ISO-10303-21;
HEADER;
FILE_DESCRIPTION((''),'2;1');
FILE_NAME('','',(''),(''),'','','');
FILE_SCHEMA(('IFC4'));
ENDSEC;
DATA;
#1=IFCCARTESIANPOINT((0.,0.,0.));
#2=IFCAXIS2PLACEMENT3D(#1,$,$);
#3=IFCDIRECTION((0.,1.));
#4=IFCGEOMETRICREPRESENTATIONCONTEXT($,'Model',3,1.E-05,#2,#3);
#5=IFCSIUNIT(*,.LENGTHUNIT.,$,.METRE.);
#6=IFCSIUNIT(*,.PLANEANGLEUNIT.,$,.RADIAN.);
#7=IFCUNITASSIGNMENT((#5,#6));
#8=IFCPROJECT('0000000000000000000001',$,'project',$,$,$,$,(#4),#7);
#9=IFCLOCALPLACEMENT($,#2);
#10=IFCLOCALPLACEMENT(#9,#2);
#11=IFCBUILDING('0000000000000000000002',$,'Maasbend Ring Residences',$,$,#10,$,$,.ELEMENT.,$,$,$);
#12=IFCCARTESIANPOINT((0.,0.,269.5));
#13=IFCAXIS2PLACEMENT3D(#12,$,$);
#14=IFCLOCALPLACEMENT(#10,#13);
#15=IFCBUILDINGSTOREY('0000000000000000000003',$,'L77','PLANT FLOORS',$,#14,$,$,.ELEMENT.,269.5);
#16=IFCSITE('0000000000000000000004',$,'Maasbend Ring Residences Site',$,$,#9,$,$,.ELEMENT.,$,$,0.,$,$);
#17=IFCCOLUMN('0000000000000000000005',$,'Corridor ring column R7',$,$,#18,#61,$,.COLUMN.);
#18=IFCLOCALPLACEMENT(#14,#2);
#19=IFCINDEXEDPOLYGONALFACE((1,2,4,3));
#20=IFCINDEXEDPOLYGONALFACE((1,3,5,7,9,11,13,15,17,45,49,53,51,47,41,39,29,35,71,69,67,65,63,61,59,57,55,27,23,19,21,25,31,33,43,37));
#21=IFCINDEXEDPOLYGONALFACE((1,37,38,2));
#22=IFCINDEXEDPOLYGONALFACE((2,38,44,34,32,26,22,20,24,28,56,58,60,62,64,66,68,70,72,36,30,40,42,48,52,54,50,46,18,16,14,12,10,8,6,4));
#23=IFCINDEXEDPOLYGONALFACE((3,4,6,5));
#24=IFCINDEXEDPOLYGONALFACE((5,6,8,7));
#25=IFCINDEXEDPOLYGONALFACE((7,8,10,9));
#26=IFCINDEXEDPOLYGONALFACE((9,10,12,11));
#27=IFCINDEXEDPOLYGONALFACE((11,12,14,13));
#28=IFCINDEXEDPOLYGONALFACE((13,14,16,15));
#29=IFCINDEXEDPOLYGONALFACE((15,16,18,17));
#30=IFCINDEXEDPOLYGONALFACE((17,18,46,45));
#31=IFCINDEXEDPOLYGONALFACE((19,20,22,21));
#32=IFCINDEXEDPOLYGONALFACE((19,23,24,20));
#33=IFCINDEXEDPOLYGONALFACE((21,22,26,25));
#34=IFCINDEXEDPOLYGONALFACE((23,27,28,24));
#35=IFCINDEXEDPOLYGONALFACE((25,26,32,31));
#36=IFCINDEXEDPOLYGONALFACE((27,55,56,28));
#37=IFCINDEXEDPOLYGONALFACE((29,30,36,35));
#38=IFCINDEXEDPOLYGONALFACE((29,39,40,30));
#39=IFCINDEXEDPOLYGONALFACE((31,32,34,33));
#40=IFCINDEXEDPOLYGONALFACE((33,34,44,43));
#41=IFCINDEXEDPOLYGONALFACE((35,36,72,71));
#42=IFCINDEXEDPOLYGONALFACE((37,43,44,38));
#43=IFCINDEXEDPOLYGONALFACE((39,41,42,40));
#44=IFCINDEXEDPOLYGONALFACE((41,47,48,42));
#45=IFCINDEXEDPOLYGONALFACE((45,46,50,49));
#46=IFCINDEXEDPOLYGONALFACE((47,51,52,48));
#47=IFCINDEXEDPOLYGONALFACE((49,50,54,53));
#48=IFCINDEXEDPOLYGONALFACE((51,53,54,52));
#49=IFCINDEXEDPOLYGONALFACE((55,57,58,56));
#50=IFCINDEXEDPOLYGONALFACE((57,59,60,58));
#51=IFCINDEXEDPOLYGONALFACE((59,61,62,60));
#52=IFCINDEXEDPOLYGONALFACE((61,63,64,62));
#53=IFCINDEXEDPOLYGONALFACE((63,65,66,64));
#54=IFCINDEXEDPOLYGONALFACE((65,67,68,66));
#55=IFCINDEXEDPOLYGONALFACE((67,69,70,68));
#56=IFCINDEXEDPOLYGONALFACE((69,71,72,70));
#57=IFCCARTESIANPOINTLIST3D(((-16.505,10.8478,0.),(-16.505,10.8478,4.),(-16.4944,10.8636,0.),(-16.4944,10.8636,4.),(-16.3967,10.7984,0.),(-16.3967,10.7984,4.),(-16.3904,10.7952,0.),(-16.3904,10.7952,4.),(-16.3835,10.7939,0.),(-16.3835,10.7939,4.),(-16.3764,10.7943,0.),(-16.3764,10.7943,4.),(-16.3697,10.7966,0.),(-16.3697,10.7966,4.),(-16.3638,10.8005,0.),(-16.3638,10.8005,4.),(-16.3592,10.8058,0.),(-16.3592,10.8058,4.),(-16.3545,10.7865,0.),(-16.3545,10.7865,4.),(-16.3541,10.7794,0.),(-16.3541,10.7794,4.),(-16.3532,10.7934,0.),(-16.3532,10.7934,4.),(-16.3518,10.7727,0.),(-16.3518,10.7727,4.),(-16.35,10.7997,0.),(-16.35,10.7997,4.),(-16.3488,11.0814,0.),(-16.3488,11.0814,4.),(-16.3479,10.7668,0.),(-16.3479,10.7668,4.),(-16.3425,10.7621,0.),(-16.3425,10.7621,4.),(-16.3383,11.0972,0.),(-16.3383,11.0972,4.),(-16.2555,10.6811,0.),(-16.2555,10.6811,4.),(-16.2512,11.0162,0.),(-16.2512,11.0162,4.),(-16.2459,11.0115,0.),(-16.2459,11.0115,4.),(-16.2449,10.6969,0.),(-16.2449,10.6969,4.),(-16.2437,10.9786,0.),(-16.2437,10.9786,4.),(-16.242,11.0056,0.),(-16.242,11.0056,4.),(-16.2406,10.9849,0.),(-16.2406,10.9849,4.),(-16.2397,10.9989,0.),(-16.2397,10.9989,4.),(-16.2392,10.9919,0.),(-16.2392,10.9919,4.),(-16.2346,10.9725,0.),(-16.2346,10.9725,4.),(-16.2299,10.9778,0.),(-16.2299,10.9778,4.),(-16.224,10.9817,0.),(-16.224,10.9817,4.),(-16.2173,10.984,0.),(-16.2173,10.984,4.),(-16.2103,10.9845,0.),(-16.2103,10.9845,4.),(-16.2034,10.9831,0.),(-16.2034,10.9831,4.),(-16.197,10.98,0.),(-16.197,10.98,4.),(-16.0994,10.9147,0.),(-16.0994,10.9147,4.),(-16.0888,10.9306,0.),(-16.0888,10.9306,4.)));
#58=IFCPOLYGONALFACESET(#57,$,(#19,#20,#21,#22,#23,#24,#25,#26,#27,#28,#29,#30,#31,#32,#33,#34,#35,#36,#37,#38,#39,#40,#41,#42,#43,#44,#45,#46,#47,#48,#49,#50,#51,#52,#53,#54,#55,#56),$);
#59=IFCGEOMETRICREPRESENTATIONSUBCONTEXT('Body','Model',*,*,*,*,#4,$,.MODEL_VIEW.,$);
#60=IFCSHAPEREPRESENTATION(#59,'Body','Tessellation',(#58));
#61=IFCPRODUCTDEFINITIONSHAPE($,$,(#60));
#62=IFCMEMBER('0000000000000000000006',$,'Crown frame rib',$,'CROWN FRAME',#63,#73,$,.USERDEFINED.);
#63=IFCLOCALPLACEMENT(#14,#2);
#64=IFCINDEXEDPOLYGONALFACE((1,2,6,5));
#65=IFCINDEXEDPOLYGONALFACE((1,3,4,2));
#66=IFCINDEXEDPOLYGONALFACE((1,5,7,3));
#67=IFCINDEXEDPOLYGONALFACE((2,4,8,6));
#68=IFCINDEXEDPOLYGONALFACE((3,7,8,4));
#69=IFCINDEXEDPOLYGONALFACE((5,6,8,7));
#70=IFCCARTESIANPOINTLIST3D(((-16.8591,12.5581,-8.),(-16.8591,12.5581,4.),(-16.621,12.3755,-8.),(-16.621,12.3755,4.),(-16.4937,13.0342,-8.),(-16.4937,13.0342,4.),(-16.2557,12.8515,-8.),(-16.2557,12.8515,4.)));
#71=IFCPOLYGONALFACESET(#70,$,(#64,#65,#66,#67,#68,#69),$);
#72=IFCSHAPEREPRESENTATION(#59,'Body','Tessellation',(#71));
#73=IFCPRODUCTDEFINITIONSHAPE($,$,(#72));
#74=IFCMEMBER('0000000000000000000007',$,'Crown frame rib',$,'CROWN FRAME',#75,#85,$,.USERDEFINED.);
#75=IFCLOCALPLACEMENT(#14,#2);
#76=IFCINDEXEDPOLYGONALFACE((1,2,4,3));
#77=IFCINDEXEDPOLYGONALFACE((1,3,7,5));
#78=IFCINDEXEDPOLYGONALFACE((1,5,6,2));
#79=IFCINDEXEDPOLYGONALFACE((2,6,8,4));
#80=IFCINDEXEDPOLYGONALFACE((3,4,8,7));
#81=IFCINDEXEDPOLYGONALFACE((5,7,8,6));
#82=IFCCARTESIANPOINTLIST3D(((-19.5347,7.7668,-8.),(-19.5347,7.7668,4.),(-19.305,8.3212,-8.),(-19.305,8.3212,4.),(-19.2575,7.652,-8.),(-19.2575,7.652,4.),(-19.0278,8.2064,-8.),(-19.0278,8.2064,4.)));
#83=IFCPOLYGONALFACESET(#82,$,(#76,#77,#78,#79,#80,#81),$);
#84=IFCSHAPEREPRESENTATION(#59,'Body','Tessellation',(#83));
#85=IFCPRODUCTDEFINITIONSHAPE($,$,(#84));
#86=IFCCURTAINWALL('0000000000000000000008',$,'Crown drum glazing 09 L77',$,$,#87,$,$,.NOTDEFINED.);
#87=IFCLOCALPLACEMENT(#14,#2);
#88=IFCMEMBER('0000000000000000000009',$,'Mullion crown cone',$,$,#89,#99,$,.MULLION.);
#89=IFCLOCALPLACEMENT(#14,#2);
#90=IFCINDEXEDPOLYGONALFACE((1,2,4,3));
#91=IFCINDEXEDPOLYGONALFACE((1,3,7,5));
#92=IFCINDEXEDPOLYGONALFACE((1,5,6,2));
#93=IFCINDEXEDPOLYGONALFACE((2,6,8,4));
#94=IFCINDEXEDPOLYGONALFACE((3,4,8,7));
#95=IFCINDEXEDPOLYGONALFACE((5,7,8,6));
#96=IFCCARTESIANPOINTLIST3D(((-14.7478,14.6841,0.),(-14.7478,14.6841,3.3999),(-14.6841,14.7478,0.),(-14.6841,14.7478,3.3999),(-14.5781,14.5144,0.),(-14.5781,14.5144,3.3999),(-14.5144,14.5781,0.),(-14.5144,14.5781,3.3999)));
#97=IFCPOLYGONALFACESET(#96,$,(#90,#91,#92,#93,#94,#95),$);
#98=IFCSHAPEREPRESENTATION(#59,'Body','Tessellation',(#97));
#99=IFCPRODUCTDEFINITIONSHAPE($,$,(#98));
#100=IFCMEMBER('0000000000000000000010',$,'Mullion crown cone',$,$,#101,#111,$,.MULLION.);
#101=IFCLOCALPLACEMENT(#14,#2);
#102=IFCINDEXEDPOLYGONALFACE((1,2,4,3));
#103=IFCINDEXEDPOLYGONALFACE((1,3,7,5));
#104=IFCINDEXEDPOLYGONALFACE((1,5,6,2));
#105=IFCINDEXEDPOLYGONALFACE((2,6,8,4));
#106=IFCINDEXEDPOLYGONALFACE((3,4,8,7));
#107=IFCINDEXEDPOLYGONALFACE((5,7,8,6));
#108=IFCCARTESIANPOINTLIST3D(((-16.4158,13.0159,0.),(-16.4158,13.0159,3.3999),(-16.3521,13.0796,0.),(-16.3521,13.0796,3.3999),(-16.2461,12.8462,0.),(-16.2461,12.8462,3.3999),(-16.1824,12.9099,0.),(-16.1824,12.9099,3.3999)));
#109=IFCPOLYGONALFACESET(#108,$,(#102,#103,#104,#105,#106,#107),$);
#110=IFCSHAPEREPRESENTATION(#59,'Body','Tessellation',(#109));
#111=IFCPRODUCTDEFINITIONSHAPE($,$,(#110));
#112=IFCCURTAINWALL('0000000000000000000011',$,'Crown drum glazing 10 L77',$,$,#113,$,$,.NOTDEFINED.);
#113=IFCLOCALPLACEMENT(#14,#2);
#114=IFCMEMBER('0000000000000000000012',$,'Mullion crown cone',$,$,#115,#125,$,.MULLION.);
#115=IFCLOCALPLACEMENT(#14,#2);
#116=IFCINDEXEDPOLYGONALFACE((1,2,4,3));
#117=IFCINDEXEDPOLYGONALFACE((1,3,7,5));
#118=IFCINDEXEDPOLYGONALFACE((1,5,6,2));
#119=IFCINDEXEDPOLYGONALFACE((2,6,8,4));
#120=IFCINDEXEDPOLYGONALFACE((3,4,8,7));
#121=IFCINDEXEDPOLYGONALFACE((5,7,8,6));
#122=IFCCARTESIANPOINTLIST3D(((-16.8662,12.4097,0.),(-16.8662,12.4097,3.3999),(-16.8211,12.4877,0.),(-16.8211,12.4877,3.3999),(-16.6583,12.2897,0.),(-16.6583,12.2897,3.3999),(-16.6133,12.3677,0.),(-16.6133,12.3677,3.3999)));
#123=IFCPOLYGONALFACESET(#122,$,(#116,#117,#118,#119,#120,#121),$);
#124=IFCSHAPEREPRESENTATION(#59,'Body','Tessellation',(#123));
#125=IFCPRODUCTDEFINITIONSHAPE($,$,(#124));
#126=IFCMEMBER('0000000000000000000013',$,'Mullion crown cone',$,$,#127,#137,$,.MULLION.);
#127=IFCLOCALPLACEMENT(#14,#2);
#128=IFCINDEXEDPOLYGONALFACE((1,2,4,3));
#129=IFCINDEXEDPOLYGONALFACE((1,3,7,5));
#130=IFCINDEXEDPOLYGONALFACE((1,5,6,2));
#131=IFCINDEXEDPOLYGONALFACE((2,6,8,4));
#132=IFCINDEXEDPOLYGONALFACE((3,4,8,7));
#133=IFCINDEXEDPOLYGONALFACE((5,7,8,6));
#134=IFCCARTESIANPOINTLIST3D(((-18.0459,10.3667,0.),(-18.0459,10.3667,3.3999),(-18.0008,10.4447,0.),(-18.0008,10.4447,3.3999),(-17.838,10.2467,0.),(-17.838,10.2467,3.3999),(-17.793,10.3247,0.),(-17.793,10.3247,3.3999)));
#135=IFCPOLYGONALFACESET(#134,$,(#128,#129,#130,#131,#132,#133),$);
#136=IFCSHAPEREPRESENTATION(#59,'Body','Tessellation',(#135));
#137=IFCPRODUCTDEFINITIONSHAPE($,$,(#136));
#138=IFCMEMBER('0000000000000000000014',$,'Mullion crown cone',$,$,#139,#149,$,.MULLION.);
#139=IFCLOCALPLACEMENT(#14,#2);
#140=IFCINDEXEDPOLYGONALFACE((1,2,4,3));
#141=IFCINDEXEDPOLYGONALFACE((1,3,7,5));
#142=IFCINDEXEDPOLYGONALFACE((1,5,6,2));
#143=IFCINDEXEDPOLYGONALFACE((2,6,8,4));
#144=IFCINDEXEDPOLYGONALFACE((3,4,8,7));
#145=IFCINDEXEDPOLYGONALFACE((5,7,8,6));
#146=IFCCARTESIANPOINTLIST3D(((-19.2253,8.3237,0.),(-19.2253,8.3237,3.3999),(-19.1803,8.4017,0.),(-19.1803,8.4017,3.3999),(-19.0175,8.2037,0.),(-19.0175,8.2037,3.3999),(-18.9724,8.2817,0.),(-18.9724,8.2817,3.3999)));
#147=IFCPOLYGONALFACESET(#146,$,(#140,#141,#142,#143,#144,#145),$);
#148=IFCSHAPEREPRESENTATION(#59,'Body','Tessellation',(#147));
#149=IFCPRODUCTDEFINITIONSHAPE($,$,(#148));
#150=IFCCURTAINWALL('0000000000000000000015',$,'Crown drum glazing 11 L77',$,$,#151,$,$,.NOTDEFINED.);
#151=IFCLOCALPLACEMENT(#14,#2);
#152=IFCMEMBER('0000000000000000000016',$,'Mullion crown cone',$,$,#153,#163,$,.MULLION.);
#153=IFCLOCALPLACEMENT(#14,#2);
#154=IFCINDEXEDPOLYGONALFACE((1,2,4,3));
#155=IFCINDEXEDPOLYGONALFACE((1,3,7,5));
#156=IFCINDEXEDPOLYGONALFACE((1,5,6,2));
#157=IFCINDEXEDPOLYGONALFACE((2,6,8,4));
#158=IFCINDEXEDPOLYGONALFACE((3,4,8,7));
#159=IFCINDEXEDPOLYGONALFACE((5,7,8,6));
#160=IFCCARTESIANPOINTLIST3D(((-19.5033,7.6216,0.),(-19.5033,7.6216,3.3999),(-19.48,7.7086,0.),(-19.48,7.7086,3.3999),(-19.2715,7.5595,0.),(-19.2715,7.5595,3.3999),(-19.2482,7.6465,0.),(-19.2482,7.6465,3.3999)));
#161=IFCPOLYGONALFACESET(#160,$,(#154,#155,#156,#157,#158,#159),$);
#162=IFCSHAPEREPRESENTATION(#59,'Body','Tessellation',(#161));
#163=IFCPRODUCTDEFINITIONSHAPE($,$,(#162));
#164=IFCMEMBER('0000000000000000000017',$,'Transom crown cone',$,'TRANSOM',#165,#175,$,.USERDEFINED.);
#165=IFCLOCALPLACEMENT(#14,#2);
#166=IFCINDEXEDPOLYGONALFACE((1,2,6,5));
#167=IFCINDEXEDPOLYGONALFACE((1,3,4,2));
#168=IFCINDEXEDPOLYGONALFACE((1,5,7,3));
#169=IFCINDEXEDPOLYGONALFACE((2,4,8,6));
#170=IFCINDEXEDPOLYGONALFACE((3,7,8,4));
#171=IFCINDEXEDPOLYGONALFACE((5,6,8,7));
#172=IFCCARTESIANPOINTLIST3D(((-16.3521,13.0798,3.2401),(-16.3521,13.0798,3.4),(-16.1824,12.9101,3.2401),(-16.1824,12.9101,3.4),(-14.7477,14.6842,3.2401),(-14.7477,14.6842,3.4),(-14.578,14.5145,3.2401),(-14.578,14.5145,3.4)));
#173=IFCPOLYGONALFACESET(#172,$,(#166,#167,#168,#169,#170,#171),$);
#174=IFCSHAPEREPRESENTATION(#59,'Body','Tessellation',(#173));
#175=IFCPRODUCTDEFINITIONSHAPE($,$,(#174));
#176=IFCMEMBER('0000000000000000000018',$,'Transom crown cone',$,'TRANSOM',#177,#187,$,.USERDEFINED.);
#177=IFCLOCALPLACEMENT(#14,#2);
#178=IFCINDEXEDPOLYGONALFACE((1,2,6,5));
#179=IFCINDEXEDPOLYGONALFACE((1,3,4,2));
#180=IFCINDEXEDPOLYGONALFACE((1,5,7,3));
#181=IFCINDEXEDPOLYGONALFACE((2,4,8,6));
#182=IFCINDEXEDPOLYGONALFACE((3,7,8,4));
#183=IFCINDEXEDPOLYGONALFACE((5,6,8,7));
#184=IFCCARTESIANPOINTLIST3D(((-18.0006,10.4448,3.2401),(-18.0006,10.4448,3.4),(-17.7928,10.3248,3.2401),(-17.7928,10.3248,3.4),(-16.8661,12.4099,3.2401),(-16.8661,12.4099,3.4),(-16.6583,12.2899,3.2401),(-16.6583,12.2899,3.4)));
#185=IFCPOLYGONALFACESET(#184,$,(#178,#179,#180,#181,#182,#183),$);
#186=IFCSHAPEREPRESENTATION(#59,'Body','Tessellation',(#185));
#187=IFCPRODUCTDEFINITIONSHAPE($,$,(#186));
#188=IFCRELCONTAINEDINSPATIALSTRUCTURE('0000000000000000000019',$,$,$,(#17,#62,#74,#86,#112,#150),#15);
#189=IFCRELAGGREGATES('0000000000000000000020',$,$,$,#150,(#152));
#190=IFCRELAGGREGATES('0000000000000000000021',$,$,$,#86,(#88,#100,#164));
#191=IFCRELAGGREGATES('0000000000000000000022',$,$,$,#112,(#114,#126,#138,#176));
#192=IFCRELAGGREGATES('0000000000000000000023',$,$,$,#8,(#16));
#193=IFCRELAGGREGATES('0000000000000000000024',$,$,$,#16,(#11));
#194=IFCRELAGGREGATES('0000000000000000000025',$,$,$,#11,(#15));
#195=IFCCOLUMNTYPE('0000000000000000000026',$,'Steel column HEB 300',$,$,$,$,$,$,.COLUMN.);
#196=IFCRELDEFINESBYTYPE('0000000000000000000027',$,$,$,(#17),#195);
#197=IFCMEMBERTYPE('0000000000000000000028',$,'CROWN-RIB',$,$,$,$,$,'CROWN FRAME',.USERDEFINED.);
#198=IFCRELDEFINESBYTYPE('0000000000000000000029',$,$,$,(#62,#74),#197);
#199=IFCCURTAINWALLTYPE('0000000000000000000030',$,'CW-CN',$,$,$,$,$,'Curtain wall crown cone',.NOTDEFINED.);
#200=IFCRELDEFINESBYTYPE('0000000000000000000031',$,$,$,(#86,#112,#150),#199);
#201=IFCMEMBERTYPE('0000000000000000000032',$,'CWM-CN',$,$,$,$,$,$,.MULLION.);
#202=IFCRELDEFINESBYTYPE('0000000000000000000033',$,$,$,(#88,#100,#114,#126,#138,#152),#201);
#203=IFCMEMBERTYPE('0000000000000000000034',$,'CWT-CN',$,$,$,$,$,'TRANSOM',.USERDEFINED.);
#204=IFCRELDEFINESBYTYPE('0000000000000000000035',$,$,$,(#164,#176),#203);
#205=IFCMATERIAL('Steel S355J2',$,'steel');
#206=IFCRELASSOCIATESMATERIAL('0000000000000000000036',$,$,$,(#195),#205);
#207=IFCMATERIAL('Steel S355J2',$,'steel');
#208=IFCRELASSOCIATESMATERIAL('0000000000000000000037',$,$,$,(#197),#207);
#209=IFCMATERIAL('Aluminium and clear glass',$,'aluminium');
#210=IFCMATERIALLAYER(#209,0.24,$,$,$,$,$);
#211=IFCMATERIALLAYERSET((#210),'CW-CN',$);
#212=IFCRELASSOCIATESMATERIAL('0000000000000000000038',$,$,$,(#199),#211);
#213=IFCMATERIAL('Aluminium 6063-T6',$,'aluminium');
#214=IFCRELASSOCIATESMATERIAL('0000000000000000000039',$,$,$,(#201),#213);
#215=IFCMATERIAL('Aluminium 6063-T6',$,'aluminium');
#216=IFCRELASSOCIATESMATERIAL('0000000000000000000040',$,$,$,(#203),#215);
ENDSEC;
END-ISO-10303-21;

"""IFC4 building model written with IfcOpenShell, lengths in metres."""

from ifc_helpers import new_model, si_unit, direction, frame, origin, origin_2d, place, context, subcontext, project, spatial, rectangle, i_section, extrude, material, layer, layer_set, material_profile, profile_set, type_object, element, aggregate, save


model = new_model("IFC4")

# Units and contexts
model_context = context("Model", 3, precision=1e-05, world=origin(), true_north=direction((0.0, 1.0)))
body_context = subcontext(model_context, "Body", "Model", "MODEL_VIEW")
ifc_project = project(units=[si_unit("LENGTHUNIT", "METRE"), si_unit("PLANEANGLEUNIT", "RADIAN")], contexts=[model_context])

# Site, building, storey
site_placement = place(None, origin())
site = spatial("IfcSite", under=ifc_project, at=site_placement, Name="Maasbend Ring Residences Site", CompositionType="ELEMENT", RefElevation=0.0)
building_placement = place(site_placement, origin())
building = spatial("IfcBuilding", under=site, at=building_placement, Name="Maasbend Ring Residences", CompositionType="ELEMENT")
storey_placement = place(building_placement, frame((0.0, 0.0, 269.5)))
storey = spatial("IfcBuildingStorey", under=building, at=storey_placement, Name="L77", Description="PLANT FLOORS", CompositionType="ELEMENT", Elevation=269.5)

# Column
ifc_material_1 = material(Name="Steel S355J2", Category="steel")
ifc_material_profile_1 = material_profile(ifc_material_1, i_section(OverallWidth=0.3, OverallDepth=0.3, WebThickness=0.011, FlangeThickness=0.019, FilletRadius=0.0271, at=origin_2d()), Name="HEB 300")
ifc_profile_set_1 = profile_set([ifc_material_profile_1], Name="Steel S355J2")
column_type = type_object("IfcColumnType", Name="Steel column HEB 300", PredefinedType="COLUMN", material=ifc_profile_set_1)
column_placement = place(storey_placement, frame((-16.2969, 10.8892, 0.0), z_axis=(0.0, 0.0, 1.0), x_axis=(-0.83147, 0.55557, 0.0)))
element("IfcColumn", 1, at=column_placement, inside=storey, type_object=column_type, Name="Corridor ring column R7", PredefinedType="COLUMN", context=body_context, shape_type="SweptSolid", body=[
    extrude(i_section(OverallWidth=0.3, OverallDepth=0.3, WebThickness=0.011, FlangeThickness=0.019, FilletRadius=0.0271, at=origin_2d()), origin(), (0.0, 0.0, 1.0), 4.0),
])

# Members
ifc_material_2 = material(Name="Steel S355J2", Category="steel")
ifc_material_profile_2 = material_profile(ifc_material_2, rectangle(XDim=0.3, YDim=0.6001, at=origin_2d()), Name="Box 300x600x12")
ifc_profile_set_2 = profile_set([ifc_material_profile_2], Name="Steel S355J2")
member_type_1 = type_object("IfcMemberType", Name="CROWN-RIB", ElementType="CROWN FRAME", PredefinedType="USERDEFINED", material=ifc_profile_set_2)
for number, where, z_axis, x_axis, name in (
    (2, (-16.5574, 12.7048, -8.0), (0.0, 0.0, 1.0), (-0.793353, 0.608761, 0.0), "Crown frame rib"),
    (3, (-19.2812, 7.9866, -8.0), (0.0, 0.0, 1.0), (-0.92388, 0.382683, 0.0), "Crown frame rib"),
):
    element("IfcMember", number, at=place(storey_placement, frame(where, z_axis=z_axis, x_axis=x_axis)), inside=storey, type_object=member_type_1, Name=name, ObjectType="CROWN FRAME", PredefinedType="USERDEFINED", context=body_context, shape_type="SweptSolid", body=[
        extrude(rectangle(XDim=0.3, YDim=0.6001, at=origin_2d()), origin(), (0.0, 0.0, 1.0), 12.0),
    ])

# Curtain walls, members
ifc_material_3 = material(Name="Aluminium and clear glass", Category="aluminium")
ifc_layer_1 = layer(ifc_material_3, 0.24)
ifc_layer_set_1 = layer_set([ifc_layer_1], Name="CW-CN")
curtain_wall_type = type_object("IfcCurtainWallType", Name="CW-CN", ElementType="Curtain wall crown cone", PredefinedType="NOTDEFINED", material=ifc_layer_set_1)
curtain_wall_1_placement = place(storey_placement, origin())
curtain_wall_1 = element("IfcCurtainWall", 4, at=curtain_wall_1_placement, inside=storey, type_object=curtain_wall_type, Name="Crown drum glazing 09 L77", PredefinedType="NOTDEFINED")
ifc_material_4 = material(Name="Aluminium 6063-T6", Category="aluminium")
ifc_material_profile_3 = material_profile(ifc_material_4, rectangle(XDim=0.24, YDim=0.0901, at=origin_2d()), Name="AL 240x90")
ifc_profile_set_3 = profile_set([ifc_material_profile_3], Name="Aluminium 6063-T6")
member_type_2 = type_object("IfcMemberType", Name="CWM-CN", PredefinedType="MULLION", material=ifc_profile_set_3)
member_1_placement = place(storey_placement, frame((-14.6311, 14.6311, 0.0), z_axis=(0.0, 0.0, 1.0), x_axis=(0.707107, -0.707107, 0.0)))
member_1 = element("IfcMember", 5, at=member_1_placement, type_object=member_type_2, Name="Mullion crown cone", PredefinedType="MULLION", context=body_context, shape_type="SweptSolid", body=[
    extrude(rectangle(XDim=0.24, YDim=0.0901, at=origin_2d()), origin(), (0.0, 0.0, 1.0), 3.3999),
])
member_2_placement = place(storey_placement, frame((-16.2991, 12.9629, 0.0), z_axis=(0.0, 0.0, 1.0), x_axis=(0.707107, -0.707107, 0.0)))
member_2 = element("IfcMember", 6, at=member_2_placement, type_object=member_type_2, Name="Mullion crown cone", PredefinedType="MULLION", context=body_context, shape_type="SweptSolid", body=[
    extrude(rectangle(XDim=0.24, YDim=0.0901, at=origin_2d()), origin(), (0.0, 0.0, 1.0), 3.3999),
])
curtain_wall_2_placement = place(storey_placement, origin())
curtain_wall_2 = element("IfcCurtainWall", 7, at=curtain_wall_2_placement, inside=storey, type_object=curtain_wall_type, Name="Crown drum glazing 10 L77", PredefinedType="NOTDEFINED")
member_3_placement = place(storey_placement, frame((-16.7397, 12.3887, 0.0), z_axis=(0.0, 0.0, 1.0), x_axis=(0.866025, -0.5, 0.0)))
member_3 = element("IfcMember", 8, at=member_3_placement, type_object=member_type_2, Name="Mullion crown cone", PredefinedType="MULLION", context=body_context, shape_type="SweptSolid", body=[
    extrude(rectangle(XDim=0.24, YDim=0.0901, at=origin_2d()), origin(), (0.0, 0.0, 1.0), 3.3999),
])
member_4_placement = place(storey_placement, frame((-17.9194, 10.3457, 0.0), z_axis=(0.0, 0.0, 1.0), x_axis=(0.866025, -0.5, 0.0)))
member_4 = element("IfcMember", 9, at=member_4_placement, type_object=member_type_2, Name="Mullion crown cone", PredefinedType="MULLION", context=body_context, shape_type="SweptSolid", body=[
    extrude(rectangle(XDim=0.24, YDim=0.0901, at=origin_2d()), origin(), (0.0, 0.0, 1.0), 3.3999),
])
member_5_placement = place(storey_placement, frame((-19.0989, 8.3027, 0.0), z_axis=(0.0, 0.0, 1.0), x_axis=(0.866025, -0.5, 0.0)))
member_5 = element("IfcMember", 10, at=member_5_placement, type_object=member_type_2, Name="Mullion crown cone", PredefinedType="MULLION", context=body_context, shape_type="SweptSolid", body=[
    extrude(rectangle(XDim=0.24, YDim=0.0901, at=origin_2d()), origin(), (0.0, 0.0, 1.0), 3.3999),
])

# Curtain wall, member
curtain_wall_3_placement = place(storey_placement, origin())
curtain_wall_3 = element("IfcCurtainWall", 11, at=curtain_wall_3_placement, inside=storey, type_object=curtain_wall_type, Name="Crown drum glazing 11 L77", PredefinedType="NOTDEFINED")
member_6_placement = place(storey_placement, frame((-19.3757, 7.634, 0.0), z_axis=(0.0, 0.0, 1.0), x_axis=(0.965926, -0.258819, 0.0)))
member_6 = element("IfcMember", 12, at=member_6_placement, type_object=member_type_2, Name="Mullion crown cone", PredefinedType="MULLION", context=body_context, shape_type="SweptSolid", body=[
    extrude(rectangle(XDim=0.24, YDim=0.0901, at=origin_2d()), origin(), (0.0, 0.0, 1.0), 3.3999),
])
aggregate(curtain_wall_3, [member_6])

# Members
ifc_material_5 = material(Name="Aluminium 6063-T6", Category="aluminium")
ifc_material_profile_4 = material_profile(ifc_material_5, rectangle(XDim=0.24, YDim=0.1599, at=origin_2d()), Name="AL 240x160")
ifc_profile_set_4 = profile_set([ifc_material_profile_4], Name="Aluminium 6063-T6")
member_type_3 = type_object("IfcMemberType", Name="CWT-CN", ElementType="TRANSOM", PredefinedType="USERDEFINED", material=ifc_profile_set_4)
member_7_placement = place(storey_placement, frame((-14.6628, 14.5994, 3.3201), z_axis=(-0.707107, -0.707107, 0.0), x_axis=(0.707107, -0.707107, 0.0)))
member_7 = element("IfcMember", 13, at=member_7_placement, type_object=member_type_3, Name="Transom crown cone", ObjectType="TRANSOM", PredefinedType="USERDEFINED", context=body_context, shape_type="SweptSolid", body=[
    extrude(rectangle(XDim=0.24, YDim=0.1599, at=origin_2d()), origin(), (0.0, 0.0, 1.0), 2.269),
])
member_8_placement = place(storey_placement, frame((-16.7622, 12.3499, 3.3201), z_axis=(-0.499993, -0.86603, 0.0), x_axis=(0.86603, -0.499993, 0.0)))
member_8 = element("IfcMember", 14, at=member_8_placement, type_object=member_type_3, Name="Transom crown cone", ObjectType="TRANSOM", PredefinedType="USERDEFINED", context=body_context, shape_type="SweptSolid", body=[
    extrude(rectangle(XDim=0.24, YDim=0.1599, at=origin_2d()), origin(), (0.0, 0.0, 1.0), 2.269),
])

aggregate(curtain_wall_1, [member_1, member_2, member_7])
aggregate(curtain_wall_2, [member_3, member_4, member_5, member_8])

save(model, "model.ifc")
